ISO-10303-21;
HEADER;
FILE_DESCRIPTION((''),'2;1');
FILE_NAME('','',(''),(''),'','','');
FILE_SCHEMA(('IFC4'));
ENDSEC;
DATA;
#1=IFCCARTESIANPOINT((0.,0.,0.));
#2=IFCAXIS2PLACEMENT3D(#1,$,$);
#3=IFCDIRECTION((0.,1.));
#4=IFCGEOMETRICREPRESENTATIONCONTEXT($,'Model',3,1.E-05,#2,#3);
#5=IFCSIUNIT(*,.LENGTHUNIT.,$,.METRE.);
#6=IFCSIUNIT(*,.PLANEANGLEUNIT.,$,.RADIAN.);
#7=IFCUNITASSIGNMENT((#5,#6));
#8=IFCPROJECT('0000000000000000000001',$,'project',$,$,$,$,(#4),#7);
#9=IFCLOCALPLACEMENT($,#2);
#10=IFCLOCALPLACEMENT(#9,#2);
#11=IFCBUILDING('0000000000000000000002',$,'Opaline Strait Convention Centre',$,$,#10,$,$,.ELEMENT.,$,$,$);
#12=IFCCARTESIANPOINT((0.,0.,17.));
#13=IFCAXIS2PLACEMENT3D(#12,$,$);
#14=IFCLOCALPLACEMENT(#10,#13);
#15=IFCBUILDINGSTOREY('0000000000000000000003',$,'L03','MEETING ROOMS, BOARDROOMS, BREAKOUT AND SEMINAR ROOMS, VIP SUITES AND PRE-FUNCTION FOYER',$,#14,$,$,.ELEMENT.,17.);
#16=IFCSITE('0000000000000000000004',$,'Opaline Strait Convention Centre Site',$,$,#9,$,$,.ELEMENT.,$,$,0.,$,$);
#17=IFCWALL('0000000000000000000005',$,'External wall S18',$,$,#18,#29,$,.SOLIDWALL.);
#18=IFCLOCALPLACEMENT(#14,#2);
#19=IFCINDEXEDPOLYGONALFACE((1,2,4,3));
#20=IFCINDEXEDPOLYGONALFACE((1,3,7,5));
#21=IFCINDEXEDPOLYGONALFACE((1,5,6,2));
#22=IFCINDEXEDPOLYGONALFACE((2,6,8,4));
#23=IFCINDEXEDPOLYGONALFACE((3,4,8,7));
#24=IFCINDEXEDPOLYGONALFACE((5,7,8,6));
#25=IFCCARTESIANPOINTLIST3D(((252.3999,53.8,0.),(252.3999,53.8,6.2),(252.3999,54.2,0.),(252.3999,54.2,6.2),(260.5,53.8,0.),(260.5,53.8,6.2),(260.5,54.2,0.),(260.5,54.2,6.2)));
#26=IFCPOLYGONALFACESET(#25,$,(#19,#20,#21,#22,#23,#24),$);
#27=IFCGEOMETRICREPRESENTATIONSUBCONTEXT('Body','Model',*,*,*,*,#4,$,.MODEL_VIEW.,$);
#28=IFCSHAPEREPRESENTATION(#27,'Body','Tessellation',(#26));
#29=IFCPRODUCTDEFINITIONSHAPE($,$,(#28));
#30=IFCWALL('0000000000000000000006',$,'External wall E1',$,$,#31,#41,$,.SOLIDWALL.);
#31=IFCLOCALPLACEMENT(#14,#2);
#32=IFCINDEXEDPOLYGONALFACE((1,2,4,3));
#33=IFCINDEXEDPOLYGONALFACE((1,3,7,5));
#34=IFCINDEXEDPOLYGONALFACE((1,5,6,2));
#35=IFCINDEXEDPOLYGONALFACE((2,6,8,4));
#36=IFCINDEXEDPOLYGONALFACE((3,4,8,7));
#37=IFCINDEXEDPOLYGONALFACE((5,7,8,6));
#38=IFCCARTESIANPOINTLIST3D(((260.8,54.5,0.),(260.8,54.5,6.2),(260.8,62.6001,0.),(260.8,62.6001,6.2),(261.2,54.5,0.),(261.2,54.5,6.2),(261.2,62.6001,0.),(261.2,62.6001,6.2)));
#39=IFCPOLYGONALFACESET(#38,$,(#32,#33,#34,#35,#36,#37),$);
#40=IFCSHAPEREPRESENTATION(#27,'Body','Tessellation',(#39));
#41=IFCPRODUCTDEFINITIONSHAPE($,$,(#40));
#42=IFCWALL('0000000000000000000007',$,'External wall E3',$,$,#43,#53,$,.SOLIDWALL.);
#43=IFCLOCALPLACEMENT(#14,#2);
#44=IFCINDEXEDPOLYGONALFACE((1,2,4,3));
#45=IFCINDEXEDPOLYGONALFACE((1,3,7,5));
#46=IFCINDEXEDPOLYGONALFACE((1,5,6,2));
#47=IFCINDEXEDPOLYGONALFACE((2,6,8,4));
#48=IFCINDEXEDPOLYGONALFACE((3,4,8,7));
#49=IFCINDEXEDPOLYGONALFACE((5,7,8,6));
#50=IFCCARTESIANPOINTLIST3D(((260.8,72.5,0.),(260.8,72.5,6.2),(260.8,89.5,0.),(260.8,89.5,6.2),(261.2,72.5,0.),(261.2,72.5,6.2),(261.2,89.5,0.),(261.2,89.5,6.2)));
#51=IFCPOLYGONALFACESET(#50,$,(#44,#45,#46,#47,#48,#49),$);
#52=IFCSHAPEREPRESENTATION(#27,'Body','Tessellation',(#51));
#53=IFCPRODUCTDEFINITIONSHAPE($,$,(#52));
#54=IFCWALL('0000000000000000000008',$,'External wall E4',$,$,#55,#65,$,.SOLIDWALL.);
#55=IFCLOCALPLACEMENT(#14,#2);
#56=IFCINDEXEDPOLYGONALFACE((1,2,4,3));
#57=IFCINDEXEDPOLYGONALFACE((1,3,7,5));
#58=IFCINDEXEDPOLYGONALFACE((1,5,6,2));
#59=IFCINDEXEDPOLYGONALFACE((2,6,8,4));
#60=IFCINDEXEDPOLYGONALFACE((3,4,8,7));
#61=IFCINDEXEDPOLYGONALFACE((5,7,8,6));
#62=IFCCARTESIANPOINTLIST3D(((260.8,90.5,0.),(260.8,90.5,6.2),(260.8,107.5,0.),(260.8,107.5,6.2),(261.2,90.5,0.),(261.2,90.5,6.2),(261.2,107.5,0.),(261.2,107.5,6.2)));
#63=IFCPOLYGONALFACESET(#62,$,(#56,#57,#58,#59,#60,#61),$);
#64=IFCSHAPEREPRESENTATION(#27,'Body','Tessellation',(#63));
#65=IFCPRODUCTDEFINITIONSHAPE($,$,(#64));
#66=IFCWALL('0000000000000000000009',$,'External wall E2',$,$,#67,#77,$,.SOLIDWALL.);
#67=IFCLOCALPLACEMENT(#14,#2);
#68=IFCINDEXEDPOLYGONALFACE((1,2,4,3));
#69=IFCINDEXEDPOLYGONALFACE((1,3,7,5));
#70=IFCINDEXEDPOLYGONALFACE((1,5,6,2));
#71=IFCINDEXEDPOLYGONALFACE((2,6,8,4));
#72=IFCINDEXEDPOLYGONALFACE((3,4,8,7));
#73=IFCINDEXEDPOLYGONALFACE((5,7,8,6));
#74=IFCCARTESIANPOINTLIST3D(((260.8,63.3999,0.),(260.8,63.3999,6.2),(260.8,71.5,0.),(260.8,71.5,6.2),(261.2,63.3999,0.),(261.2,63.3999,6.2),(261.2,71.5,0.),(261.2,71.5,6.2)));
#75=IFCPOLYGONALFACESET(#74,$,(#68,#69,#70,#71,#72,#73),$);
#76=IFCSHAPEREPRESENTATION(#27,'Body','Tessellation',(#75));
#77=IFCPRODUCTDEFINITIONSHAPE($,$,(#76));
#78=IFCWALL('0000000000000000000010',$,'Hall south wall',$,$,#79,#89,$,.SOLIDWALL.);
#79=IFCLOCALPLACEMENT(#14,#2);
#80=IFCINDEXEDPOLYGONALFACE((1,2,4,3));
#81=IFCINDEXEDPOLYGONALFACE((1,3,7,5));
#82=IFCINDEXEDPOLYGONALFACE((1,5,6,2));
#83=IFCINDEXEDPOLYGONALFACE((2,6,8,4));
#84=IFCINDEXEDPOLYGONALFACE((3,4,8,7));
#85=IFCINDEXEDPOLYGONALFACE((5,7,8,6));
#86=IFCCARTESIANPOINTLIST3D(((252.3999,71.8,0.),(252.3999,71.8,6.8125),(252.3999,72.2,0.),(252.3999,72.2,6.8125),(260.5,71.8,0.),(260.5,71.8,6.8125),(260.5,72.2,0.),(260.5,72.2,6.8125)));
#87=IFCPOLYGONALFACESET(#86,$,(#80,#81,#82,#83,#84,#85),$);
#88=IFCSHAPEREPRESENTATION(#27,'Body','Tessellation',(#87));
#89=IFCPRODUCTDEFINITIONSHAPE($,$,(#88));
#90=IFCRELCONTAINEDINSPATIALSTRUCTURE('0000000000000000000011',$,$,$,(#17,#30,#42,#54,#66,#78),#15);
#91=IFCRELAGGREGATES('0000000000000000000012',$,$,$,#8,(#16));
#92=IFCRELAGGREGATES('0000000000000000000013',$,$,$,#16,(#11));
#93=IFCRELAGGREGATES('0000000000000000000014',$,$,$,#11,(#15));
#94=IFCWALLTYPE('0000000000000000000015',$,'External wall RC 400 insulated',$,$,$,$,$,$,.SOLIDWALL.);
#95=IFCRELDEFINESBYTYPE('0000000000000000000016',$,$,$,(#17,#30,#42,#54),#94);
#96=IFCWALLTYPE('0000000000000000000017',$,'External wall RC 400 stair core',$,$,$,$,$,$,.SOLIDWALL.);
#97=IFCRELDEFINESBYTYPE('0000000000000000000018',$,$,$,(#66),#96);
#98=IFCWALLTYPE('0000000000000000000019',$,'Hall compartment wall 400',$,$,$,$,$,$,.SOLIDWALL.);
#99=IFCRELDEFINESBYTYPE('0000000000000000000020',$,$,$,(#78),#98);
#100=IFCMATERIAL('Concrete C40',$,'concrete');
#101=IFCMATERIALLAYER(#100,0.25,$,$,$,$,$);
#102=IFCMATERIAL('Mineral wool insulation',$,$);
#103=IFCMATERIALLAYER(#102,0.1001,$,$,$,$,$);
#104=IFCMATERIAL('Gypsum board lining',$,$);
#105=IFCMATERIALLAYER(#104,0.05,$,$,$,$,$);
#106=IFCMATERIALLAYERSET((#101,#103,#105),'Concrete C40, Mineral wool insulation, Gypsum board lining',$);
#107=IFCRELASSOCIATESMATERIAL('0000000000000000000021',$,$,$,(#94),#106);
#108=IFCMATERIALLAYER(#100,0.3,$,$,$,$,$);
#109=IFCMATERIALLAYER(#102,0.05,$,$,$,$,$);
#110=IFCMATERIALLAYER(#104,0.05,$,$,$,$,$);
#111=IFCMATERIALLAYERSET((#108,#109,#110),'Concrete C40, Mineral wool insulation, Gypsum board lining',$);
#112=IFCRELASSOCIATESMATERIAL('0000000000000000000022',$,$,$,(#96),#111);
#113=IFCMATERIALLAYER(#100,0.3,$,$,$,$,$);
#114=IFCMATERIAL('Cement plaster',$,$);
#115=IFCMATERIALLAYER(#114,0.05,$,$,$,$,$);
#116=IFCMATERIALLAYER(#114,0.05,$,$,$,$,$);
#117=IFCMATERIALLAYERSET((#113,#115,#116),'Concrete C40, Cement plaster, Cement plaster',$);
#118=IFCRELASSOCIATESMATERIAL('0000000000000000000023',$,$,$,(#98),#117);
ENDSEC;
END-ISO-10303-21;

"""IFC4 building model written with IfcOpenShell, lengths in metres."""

from ifc_helpers import new_model, si_unit, direction, frame, frame_2d, origin, place, context, subcontext, project, spatial, rectangle, extrude, material, layer, layer_set, type_object, element, save


model = new_model("IFC4")

# Units and contexts
model_context = context("Model", 3, precision=1e-05, world=origin(), true_north=direction((0.0, 1.0)))
body_context = subcontext(model_context, "Body", "Model", "MODEL_VIEW")
ifc_project = project(units=[si_unit("LENGTHUNIT", "METRE"), si_unit("PLANEANGLEUNIT", "RADIAN")], contexts=[model_context])

# Site, building, storey
site_placement = place(None, origin())
site = spatial("IfcSite", under=ifc_project, at=site_placement, Name="Opaline Strait Convention Centre Site", CompositionType="ELEMENT", RefElevation=0.0)
building_placement = place(site_placement, origin())
building = spatial("IfcBuilding", under=site, at=building_placement, Name="Opaline Strait Convention Centre", CompositionType="ELEMENT")
storey_placement = place(building_placement, frame((0.0, 0.0, 17.0)))
storey = spatial("IfcBuildingStorey", under=building, at=storey_placement, Name="L03", Description="MEETING ROOMS, BOARDROOMS, BREAKOUT AND SEMINAR ROOMS, VIP SUITES AND PRE-FUNCTION FOYER", CompositionType="ELEMENT", Elevation=17.0)

# Shared definitions
ifc_material_1 = material(Name="Mineral wool insulation")

# Walls
ifc_material_2 = material(Name="Concrete C40", Category="concrete")
ifc_layer_1 = layer(ifc_material_2, 0.25)
ifc_layer_2 = layer(ifc_material_1, 0.1001)
ifc_material_3 = material(Name="Gypsum board lining")
ifc_layer_3 = layer(ifc_material_3, 0.05)
ifc_layer_set_1 = layer_set([ifc_layer_1, ifc_layer_2, ifc_layer_3], Name="Concrete C40, Mineral wool insulation, Gypsum board lining")
wall_type_1 = type_object("IfcWallType", Name="External wall RC 400 insulated", PredefinedType="SOLIDWALL", material=ifc_layer_set_1)
for number, where, z_axis, x_axis, name in (
    (1, (252.3999, 54.0, 0.0), (0.0, 0.0, 1.0), (1.0, 0.0, 0.0), "External wall S18"),
    (2, (261.0, 54.5, 0.0), (0.0, 0.0, 1.0), (0.0, 1.0, 0.0), "External wall E1"),
):
    element("IfcWall", number, at=place(storey_placement, frame(where, z_axis=z_axis, x_axis=x_axis)), inside=storey, type_object=wall_type_1, Name=name, PredefinedType="SOLIDWALL", context=body_context, shape_type="SweptSolid", body=[
        extrude(rectangle(XDim=8.1001, YDim=0.3999, at=frame_2d((4.05, 0.0))), origin(), (0.0, 0.0, 1.0), 6.2),
    ])
for number, where, z_axis, x_axis, name in (
    (3, (261.0, 72.5, 0.0), (0.0, 0.0, 1.0), (0.0, 1.0, 0.0), "External wall E3"),
    (4, (261.0, 90.5, 0.0), (0.0, 0.0, 1.0), (0.0, 1.0, 0.0), "External wall E4"),
):
    element("IfcWall", number, at=place(storey_placement, frame(where, z_axis=z_axis, x_axis=x_axis)), inside=storey, type_object=wall_type_1, Name=name, PredefinedType="SOLIDWALL", context=body_context, shape_type="SweptSolid", body=[
        extrude(rectangle(XDim=17.0, YDim=0.3999, at=frame_2d((8.5, 0.0))), origin(), (0.0, 0.0, 1.0), 6.2),
    ])
ifc_layer_4 = layer(ifc_material_2, 0.3)
ifc_layer_5 = layer(ifc_material_1, 0.05)
ifc_layer_6 = layer(ifc_material_3, 0.05)
ifc_layer_set_2 = layer_set([ifc_layer_4, ifc_layer_5, ifc_layer_6], Name="Concrete C40, Mineral wool insulation, Gypsum board lining")
wall_type_2 = type_object("IfcWallType", Name="External wall RC 400 stair core", PredefinedType="SOLIDWALL", material=ifc_layer_set_2)
wall_1_placement = place(storey_placement, frame((261.0, 63.3999, 0.0), z_axis=(0.0, 0.0, 1.0), x_axis=(0.0, 1.0, 0.0)))
element("IfcWall", 5, at=wall_1_placement, inside=storey, type_object=wall_type_2, Name="External wall E2", PredefinedType="SOLIDWALL", context=body_context, shape_type="SweptSolid", body=[
    extrude(rectangle(XDim=8.1001, YDim=0.3999, at=frame_2d((4.05, 0.0))), origin(), (0.0, 0.0, 1.0), 6.2),
])
ifc_layer_7 = layer(ifc_material_2, 0.3)
ifc_material_4 = material(Name="Cement plaster")
ifc_layer_8 = layer(ifc_material_4, 0.05)
ifc_layer_9 = layer(ifc_material_4, 0.05)
ifc_layer_set_3 = layer_set([ifc_layer_7, ifc_layer_8, ifc_layer_9], Name="Concrete C40, Cement plaster, Cement plaster")
wall_type_3 = type_object("IfcWallType", Name="Hall compartment wall 400", PredefinedType="SOLIDWALL", material=ifc_layer_set_3)
wall_2_placement = place(storey_placement, frame((252.3999, 72.0, 0.0), z_axis=(0.0, 0.0, 1.0), x_axis=(1.0, 0.0, 0.0)))
element("IfcWall", 6, at=wall_2_placement, inside=storey, type_object=wall_type_3, Name="Hall south wall", PredefinedType="SOLIDWALL", context=body_context, shape_type="SweptSolid", body=[
    extrude(rectangle(XDim=8.1001, YDim=0.3999, at=frame_2d((4.05, 0.0))), origin(), (0.0, 0.0, 1.0), 6.8125),
])

save(model, "model.ifc")
